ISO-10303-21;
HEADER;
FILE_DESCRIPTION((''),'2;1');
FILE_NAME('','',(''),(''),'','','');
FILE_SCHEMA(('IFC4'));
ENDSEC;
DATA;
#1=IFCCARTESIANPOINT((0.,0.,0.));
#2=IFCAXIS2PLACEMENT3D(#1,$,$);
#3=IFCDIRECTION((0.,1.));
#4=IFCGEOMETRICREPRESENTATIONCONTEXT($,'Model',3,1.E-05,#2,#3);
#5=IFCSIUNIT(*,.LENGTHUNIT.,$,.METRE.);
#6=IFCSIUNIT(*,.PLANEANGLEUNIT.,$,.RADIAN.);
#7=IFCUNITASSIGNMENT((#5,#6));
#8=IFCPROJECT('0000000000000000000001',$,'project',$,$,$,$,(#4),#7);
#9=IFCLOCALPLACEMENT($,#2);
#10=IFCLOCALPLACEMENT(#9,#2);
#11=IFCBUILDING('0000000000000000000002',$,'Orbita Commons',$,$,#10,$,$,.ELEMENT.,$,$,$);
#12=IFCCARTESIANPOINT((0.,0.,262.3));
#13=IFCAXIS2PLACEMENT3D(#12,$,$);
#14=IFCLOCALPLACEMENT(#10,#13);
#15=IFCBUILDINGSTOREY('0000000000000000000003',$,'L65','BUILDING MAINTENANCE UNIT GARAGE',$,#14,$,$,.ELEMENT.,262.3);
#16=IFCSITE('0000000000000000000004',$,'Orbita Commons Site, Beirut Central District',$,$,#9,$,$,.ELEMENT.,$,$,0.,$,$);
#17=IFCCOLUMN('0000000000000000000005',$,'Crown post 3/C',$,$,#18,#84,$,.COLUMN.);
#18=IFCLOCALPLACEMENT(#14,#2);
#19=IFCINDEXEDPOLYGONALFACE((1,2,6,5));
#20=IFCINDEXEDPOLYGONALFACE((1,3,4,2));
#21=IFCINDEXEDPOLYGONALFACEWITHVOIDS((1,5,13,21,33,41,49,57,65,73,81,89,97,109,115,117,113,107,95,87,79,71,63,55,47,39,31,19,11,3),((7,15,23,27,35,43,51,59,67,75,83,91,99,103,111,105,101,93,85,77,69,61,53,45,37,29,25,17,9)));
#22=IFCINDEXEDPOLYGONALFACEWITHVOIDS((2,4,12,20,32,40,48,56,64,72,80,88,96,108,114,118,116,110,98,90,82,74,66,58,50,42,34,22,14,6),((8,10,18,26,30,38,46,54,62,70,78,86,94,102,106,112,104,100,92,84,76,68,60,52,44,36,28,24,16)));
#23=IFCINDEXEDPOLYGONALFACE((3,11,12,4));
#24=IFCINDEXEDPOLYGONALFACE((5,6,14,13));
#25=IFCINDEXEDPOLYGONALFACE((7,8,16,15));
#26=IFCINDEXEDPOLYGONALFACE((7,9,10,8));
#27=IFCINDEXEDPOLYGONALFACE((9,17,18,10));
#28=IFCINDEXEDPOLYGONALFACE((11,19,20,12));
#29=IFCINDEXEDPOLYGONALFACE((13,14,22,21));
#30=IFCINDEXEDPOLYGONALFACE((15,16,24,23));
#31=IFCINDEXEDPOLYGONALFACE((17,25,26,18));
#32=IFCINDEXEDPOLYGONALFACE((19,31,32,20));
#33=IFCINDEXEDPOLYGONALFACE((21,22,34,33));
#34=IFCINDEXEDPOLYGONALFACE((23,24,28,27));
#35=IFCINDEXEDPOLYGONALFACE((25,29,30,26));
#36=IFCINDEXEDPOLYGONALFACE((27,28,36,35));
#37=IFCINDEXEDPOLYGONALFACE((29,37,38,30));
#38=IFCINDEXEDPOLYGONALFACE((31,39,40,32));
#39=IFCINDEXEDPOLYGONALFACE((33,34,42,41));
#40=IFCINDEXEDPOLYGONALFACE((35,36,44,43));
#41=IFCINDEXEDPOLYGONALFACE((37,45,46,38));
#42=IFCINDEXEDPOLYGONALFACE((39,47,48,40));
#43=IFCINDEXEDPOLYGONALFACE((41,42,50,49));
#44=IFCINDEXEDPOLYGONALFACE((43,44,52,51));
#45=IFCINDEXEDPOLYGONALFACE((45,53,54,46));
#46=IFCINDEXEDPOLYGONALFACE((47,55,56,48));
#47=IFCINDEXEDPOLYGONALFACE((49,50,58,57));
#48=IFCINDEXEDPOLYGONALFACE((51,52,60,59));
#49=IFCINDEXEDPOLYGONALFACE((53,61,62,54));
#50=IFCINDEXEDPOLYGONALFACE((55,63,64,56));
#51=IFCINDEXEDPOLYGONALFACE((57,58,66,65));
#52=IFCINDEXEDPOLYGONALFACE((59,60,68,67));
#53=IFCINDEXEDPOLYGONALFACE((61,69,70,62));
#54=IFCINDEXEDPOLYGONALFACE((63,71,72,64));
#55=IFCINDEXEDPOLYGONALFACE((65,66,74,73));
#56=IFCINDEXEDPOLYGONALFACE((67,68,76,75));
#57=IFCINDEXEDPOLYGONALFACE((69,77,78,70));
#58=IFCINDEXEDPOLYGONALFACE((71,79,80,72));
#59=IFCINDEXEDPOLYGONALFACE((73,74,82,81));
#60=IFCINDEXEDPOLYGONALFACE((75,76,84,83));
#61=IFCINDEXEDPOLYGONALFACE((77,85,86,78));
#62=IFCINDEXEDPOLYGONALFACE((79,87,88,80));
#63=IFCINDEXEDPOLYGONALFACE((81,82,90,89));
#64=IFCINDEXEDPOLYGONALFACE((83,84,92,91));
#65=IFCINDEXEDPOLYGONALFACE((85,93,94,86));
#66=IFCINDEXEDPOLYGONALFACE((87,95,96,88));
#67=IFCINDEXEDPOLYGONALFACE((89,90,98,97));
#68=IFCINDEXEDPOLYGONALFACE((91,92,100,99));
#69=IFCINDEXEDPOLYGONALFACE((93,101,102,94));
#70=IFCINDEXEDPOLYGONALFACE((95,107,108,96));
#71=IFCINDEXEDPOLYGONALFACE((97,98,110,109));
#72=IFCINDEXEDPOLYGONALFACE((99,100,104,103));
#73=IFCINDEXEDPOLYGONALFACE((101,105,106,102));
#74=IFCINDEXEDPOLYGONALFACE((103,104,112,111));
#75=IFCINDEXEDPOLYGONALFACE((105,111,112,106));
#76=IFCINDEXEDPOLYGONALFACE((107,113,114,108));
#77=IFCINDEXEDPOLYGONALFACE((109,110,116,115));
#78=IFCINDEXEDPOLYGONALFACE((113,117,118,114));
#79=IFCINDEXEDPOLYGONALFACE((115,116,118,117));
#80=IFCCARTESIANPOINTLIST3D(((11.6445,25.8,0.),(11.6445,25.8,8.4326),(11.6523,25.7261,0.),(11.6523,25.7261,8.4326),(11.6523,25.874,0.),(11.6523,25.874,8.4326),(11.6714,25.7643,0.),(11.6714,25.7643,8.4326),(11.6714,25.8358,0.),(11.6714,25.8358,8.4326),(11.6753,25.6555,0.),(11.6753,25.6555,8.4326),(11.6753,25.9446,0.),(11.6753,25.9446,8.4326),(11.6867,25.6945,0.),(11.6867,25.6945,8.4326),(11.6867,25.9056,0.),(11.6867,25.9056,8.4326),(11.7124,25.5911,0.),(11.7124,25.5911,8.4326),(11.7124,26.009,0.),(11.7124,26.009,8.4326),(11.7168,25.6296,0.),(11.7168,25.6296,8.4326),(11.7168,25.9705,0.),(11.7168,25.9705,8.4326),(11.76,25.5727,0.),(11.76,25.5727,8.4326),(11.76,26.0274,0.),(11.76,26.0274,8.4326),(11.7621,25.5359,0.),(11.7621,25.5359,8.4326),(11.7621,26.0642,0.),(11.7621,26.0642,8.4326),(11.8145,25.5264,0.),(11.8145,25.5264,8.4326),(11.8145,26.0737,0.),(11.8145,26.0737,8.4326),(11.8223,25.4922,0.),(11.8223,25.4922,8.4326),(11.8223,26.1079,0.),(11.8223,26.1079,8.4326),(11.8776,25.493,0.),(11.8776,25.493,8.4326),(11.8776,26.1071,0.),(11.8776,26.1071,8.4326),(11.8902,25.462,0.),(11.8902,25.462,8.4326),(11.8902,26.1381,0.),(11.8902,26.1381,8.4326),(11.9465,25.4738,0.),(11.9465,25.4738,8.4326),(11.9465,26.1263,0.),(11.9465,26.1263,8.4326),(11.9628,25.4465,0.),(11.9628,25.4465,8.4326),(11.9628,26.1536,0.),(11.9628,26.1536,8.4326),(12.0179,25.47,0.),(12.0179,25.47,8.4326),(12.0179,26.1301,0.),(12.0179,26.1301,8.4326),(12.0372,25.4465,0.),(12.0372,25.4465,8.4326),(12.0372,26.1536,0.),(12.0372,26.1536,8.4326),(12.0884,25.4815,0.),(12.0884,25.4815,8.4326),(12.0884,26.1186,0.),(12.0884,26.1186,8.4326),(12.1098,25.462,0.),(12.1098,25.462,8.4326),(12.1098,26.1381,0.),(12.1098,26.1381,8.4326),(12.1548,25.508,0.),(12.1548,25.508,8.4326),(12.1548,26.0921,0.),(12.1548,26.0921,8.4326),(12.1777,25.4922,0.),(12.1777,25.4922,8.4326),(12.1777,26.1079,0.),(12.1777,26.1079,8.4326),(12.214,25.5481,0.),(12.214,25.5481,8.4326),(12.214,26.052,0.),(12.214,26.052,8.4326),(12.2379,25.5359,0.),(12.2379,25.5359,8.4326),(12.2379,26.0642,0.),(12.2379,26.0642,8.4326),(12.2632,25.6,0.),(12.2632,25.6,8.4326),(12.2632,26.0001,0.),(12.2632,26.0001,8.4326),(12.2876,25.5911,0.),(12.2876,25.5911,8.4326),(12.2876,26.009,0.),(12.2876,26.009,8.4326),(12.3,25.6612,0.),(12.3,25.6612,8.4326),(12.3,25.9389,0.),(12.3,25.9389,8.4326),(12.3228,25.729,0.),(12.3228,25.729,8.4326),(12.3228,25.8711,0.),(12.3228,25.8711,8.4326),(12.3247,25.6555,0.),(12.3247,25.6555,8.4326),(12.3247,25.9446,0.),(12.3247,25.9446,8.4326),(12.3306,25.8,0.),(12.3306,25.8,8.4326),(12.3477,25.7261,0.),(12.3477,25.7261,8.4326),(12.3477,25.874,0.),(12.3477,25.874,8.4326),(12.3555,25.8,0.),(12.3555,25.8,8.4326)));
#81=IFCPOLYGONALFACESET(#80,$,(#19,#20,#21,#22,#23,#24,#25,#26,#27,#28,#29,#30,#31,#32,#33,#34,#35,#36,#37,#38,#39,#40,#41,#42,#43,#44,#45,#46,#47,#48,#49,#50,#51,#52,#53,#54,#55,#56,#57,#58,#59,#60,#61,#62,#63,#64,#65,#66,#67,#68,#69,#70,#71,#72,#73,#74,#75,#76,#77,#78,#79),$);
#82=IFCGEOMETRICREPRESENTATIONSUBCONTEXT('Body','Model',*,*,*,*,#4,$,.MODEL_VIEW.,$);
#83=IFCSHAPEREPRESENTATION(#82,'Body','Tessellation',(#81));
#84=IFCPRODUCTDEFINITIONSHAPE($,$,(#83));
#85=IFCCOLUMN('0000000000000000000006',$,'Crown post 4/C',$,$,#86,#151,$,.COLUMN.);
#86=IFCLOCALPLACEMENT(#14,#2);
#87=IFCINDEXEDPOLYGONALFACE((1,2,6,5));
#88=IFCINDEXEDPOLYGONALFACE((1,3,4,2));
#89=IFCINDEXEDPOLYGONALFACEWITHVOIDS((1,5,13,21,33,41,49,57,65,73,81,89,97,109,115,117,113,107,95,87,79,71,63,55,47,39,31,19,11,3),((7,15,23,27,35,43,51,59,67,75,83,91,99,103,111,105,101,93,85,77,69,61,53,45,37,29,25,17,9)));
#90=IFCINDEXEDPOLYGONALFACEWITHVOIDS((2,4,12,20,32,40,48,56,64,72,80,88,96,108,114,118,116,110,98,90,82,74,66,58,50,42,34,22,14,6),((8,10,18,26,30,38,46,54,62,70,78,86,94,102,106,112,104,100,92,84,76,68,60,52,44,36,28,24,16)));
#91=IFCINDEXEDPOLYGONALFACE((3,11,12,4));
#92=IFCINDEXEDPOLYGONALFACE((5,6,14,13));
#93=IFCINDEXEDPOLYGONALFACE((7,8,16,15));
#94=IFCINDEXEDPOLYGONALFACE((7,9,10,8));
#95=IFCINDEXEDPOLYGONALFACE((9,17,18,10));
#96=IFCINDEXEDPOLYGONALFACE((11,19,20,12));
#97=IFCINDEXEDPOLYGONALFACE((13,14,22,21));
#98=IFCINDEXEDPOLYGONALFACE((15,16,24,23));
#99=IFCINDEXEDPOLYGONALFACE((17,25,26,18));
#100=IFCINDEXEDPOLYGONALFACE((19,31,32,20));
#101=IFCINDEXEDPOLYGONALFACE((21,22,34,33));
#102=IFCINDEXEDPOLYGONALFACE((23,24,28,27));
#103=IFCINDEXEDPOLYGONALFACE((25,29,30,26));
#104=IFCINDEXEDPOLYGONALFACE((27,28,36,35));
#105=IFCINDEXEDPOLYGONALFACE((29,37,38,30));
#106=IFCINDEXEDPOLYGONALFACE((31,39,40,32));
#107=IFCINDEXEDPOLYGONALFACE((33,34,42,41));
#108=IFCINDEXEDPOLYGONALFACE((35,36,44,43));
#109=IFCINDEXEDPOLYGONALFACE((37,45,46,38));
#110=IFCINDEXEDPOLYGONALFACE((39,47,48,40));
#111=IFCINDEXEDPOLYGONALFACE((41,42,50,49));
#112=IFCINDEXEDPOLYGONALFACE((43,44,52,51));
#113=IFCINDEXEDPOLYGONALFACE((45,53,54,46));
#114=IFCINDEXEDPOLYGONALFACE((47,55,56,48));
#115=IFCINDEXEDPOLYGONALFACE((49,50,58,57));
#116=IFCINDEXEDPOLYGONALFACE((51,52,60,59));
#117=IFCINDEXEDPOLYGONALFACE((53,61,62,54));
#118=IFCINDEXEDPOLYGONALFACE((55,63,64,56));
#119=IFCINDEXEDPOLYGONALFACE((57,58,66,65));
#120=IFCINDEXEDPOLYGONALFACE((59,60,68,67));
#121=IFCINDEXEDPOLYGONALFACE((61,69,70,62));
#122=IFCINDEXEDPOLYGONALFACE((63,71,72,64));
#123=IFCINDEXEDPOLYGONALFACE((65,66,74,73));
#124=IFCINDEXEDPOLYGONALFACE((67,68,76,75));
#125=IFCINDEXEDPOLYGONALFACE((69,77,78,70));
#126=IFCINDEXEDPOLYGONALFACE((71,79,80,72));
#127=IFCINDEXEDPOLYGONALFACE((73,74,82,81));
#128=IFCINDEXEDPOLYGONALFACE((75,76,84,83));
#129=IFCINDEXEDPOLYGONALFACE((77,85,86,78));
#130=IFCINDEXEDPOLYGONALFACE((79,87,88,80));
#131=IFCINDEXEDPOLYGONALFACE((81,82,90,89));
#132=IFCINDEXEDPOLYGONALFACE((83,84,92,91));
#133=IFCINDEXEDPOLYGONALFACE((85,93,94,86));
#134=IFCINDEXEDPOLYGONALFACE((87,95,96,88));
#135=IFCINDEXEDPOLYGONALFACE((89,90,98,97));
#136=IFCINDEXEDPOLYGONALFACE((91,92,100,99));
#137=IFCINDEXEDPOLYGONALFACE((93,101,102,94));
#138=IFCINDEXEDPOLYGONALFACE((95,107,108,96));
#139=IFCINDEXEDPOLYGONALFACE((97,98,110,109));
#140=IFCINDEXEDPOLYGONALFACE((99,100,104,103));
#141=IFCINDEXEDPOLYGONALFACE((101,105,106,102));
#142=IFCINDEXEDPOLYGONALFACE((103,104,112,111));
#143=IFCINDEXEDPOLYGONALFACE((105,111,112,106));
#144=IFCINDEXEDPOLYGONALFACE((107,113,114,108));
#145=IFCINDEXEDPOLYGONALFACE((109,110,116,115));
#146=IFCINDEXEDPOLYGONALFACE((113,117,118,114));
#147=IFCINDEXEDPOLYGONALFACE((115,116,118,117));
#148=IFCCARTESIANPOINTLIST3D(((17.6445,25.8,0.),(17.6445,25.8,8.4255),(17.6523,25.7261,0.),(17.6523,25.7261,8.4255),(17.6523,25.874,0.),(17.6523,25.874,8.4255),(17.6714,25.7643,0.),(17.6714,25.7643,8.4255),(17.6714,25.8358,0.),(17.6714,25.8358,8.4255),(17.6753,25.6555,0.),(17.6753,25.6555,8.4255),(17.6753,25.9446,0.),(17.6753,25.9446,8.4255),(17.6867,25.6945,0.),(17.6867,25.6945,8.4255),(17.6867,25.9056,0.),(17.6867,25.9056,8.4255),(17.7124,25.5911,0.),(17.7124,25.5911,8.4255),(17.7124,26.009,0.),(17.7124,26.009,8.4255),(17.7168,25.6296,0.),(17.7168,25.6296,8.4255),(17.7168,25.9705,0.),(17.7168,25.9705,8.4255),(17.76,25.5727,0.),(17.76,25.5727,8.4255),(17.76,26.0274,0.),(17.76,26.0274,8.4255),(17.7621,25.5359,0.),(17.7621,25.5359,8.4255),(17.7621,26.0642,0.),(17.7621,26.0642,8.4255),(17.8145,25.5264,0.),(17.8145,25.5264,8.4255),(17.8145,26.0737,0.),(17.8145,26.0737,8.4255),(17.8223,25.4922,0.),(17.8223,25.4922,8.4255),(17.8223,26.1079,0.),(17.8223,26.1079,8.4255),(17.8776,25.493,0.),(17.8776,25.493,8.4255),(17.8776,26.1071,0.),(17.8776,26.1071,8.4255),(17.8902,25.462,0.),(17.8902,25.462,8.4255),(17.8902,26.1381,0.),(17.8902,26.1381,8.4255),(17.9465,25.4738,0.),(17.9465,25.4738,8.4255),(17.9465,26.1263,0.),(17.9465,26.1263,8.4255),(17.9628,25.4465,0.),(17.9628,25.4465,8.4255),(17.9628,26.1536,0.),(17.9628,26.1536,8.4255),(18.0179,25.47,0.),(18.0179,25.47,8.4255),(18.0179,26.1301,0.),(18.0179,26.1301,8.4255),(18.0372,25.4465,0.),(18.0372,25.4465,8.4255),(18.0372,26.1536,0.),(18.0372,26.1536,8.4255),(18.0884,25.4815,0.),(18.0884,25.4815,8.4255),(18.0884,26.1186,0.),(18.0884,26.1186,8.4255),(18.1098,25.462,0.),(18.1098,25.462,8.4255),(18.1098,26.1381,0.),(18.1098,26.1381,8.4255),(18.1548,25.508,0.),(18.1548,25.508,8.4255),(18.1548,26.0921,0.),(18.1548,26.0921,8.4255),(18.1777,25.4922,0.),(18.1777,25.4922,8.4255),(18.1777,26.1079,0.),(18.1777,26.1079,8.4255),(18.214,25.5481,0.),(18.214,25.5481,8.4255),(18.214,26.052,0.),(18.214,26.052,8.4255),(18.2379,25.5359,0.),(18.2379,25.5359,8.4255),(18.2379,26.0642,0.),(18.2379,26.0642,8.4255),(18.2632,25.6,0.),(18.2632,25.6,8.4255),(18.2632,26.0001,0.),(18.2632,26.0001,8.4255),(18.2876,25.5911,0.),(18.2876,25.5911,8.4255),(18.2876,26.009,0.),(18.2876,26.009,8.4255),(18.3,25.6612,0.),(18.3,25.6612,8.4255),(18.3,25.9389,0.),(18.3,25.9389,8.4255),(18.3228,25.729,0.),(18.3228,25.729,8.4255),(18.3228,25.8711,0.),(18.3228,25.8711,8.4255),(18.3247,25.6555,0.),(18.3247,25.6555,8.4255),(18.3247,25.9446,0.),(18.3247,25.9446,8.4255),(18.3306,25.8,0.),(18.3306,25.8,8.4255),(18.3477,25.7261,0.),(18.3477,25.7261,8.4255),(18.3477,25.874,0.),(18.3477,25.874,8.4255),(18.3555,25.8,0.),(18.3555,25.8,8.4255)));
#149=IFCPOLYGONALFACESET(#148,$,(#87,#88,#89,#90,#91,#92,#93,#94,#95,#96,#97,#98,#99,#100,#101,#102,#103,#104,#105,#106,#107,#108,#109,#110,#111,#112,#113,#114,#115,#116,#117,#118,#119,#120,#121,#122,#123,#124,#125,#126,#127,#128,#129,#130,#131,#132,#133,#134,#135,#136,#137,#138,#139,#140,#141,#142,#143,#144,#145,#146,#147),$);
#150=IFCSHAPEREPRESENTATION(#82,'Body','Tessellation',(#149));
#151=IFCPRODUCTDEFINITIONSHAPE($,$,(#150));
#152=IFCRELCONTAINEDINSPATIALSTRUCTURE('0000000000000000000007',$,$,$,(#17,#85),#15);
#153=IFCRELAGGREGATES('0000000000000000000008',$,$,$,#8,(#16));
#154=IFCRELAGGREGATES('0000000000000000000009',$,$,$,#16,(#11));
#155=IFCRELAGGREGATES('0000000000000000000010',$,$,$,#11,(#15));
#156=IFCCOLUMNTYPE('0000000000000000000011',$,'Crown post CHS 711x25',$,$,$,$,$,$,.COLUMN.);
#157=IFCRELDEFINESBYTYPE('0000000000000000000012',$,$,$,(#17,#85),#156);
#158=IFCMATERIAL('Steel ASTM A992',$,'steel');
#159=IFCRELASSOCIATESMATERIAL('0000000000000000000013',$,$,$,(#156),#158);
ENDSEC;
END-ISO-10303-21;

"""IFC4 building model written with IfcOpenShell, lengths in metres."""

from ifc_helpers import new_model, si_unit, direction, frame, origin, origin_2d, place, context, subcontext, project, spatial, hollow_circle, extrude, material, material_profile, profile_set, type_object, element, save


model = new_model("IFC4")

# Units and contexts
model_context = context("Model", 3, precision=1e-05, world=origin(), true_north=direction((0.0, 1.0)))
body_context = subcontext(model_context, "Body", "Model", "MODEL_VIEW")
ifc_project = project(units=[si_unit("LENGTHUNIT", "METRE"), si_unit("PLANEANGLEUNIT", "RADIAN")], contexts=[model_context])

# Site, building, storey
site_placement = place(None, origin())
site = spatial("IfcSite", under=ifc_project, at=site_placement, Name="Orbita Commons Site, Beirut Central District", CompositionType="ELEMENT", RefElevation=0.0)
building_placement = place(site_placement, origin())
building = spatial("IfcBuilding", under=site, at=building_placement, Name="Orbita Commons", CompositionType="ELEMENT")
storey_placement = place(building_placement, frame((0.0, 0.0, 262.3)))
storey = spatial("IfcBuildingStorey", under=building, at=storey_placement, Name="L65", Description="BUILDING MAINTENANCE UNIT GARAGE", CompositionType="ELEMENT", Elevation=262.3)

# Columns
ifc_material_1 = material(Name="Steel ASTM A992", Category="steel")
ifc_material_profile_1 = material_profile(ifc_material_1, hollow_circle(Radius=0.3555, WallThickness=0.0249, at=origin_2d()), Name="CHS 711x25")
ifc_profile_set_1 = profile_set([ifc_material_profile_1], Name="Steel ASTM A992")
column_type = type_object("IfcColumnType", Name="Crown post CHS 711x25", PredefinedType="COLUMN", material=ifc_profile_set_1)
column_placement = place(storey_placement, frame((12.0, 25.8, 0.0), z_axis=(0.0, 0.0, 1.0), x_axis=(1.0, 0.0, 0.0)))
element("IfcColumn", 1, at=column_placement, inside=storey, type_object=column_type, Name="Crown post 3/C", PredefinedType="COLUMN", context=body_context, shape_type="SweptSolid", body=[
    extrude(hollow_circle(Radius=0.3555, WallThickness=0.0249, at=origin_2d()), origin(), (0.0, 0.0, 1.0), 8.4326),
])
for number, where, z_axis, x_axis, name in (
    (2, (18.0, 25.8, 0.0), (0.0, 0.0, 1.0), (1.0, 0.0, 0.0), "Crown post 4/C"),
):
    element("IfcColumn", number, at=place(storey_placement, frame(where, z_axis=z_axis, x_axis=x_axis)), inside=storey, type_object=column_type, Name=name, PredefinedType="COLUMN", context=body_context, shape_type="SweptSolid", body=[
        extrude(hollow_circle(Radius=0.3555, WallThickness=0.0249, at=origin_2d()), origin(), (0.0, 0.0, 1.0), 8.4255),
    ])

save(model, "model.ifc")
